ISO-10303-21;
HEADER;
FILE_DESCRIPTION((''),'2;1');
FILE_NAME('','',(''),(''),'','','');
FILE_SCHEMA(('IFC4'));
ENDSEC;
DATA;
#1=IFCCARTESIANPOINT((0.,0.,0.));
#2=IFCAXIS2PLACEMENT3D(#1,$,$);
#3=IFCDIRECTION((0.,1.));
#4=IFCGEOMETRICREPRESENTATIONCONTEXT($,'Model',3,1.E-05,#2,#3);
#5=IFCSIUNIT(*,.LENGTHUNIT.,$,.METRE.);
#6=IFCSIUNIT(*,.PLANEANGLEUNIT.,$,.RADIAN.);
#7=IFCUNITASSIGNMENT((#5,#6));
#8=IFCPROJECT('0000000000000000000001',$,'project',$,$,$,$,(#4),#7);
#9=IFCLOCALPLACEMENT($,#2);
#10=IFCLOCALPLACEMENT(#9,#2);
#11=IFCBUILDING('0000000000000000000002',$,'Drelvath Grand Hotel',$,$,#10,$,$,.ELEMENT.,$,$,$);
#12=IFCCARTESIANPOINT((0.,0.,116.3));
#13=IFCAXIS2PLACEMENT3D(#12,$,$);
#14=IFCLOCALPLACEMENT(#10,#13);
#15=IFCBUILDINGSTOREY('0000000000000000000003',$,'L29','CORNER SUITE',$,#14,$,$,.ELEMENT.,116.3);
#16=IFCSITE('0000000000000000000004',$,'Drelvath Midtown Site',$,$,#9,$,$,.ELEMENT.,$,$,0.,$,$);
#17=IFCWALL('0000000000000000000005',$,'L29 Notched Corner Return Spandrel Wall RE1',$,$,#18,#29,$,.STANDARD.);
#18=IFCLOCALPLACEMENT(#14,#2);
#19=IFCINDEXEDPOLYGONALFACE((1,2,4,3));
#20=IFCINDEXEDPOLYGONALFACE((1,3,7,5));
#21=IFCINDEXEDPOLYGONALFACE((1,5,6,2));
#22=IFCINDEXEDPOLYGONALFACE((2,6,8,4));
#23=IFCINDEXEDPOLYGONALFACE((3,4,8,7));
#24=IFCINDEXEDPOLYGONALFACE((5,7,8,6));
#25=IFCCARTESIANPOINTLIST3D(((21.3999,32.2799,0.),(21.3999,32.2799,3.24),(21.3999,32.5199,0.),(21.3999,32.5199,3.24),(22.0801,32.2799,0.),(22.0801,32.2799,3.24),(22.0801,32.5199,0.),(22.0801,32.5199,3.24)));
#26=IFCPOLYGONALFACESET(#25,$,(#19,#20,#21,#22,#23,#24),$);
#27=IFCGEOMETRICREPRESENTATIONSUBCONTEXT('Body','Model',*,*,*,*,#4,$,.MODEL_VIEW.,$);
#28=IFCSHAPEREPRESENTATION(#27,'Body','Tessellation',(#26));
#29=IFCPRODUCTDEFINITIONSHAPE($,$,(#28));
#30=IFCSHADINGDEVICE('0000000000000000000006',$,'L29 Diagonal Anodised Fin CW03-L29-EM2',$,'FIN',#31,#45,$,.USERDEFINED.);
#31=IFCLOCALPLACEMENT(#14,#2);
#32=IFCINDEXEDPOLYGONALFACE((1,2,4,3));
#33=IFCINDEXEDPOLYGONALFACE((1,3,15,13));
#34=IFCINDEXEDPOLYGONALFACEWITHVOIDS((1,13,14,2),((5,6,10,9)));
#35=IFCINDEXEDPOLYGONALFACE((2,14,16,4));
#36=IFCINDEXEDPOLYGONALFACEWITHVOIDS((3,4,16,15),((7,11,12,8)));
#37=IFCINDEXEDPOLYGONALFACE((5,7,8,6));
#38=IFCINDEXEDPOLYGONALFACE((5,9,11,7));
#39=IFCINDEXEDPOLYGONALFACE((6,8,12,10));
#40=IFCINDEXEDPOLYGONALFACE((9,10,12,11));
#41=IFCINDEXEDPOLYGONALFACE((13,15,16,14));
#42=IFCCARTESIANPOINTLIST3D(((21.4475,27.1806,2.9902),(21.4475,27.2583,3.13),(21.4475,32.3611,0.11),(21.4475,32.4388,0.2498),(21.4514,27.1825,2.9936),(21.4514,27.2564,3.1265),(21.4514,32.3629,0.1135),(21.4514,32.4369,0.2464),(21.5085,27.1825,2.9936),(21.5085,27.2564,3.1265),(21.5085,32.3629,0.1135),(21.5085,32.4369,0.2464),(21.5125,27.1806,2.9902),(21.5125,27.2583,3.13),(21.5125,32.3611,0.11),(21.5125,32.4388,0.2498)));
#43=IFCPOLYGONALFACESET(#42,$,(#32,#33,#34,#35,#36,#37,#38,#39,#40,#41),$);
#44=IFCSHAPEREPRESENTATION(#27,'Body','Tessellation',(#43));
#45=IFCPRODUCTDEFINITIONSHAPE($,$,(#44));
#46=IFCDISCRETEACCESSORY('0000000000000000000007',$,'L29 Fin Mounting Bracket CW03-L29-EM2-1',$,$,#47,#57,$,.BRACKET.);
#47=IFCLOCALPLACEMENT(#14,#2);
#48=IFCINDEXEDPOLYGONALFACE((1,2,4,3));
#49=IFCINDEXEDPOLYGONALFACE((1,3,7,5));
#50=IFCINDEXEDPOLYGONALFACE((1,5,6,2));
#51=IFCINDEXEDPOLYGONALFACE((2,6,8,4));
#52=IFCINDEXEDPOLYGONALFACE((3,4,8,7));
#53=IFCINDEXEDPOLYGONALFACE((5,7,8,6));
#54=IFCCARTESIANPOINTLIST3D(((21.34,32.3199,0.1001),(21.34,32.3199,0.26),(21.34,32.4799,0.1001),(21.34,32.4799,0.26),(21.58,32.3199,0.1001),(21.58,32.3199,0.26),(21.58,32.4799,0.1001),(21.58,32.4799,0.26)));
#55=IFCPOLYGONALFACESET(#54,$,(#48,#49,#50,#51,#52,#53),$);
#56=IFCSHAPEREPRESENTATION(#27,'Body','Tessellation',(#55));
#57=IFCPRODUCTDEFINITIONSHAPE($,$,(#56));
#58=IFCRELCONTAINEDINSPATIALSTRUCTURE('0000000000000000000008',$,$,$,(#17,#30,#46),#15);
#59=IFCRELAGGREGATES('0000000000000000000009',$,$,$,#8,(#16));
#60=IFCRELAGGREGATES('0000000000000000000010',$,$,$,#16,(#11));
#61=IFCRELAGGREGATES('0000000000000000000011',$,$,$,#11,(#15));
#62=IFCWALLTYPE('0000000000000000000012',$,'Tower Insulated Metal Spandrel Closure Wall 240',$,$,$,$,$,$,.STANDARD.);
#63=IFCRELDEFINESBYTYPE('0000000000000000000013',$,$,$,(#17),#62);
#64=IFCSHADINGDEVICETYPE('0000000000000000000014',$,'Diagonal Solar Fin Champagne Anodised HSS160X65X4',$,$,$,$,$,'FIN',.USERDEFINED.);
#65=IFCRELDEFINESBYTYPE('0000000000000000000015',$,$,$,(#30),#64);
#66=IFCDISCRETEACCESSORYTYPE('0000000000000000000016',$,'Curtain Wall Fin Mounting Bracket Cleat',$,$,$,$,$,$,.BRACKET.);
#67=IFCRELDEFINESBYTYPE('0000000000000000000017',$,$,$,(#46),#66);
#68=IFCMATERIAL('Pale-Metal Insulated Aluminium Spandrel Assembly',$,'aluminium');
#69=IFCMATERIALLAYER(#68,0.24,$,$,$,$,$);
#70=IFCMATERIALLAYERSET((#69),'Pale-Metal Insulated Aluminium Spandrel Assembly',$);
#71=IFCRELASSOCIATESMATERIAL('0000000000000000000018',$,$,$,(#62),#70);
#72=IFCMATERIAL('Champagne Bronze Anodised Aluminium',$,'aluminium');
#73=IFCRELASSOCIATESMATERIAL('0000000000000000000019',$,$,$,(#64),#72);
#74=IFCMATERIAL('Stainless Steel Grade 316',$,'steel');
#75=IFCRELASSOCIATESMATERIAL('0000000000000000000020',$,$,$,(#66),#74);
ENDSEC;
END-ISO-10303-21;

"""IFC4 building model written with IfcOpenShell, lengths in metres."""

from ifc_helpers import new_model, si_unit, direction, frame, frame_2d, origin, origin_2d, place, context, subcontext, project, spatial, rectangle, hollow_rectangle, extrude, material, layer, layer_set, material_profile, profile_set, type_object, element, save


model = new_model("IFC4")

# Units and contexts
model_context = context("Model", 3, precision=1e-05, world=origin(), true_north=direction((0.0, 1.0)))
body_context = subcontext(model_context, "Body", "Model", "MODEL_VIEW")
ifc_project = project(units=[si_unit("LENGTHUNIT", "METRE"), si_unit("PLANEANGLEUNIT", "RADIAN")], contexts=[model_context])

# Site, building, storey
site_placement = place(None, origin())
site = spatial("IfcSite", under=ifc_project, at=site_placement, Name="Drelvath Midtown Site", CompositionType="ELEMENT", RefElevation=0.0)
building_placement = place(site_placement, origin())
building = spatial("IfcBuilding", under=site, at=building_placement, Name="Drelvath Grand Hotel", CompositionType="ELEMENT")
storey_placement = place(building_placement, frame((0.0, 0.0, 116.3)))
storey = spatial("IfcBuildingStorey", under=building, at=storey_placement, Name="L29", Description="CORNER SUITE", CompositionType="ELEMENT", Elevation=116.3)

# Wall
ifc_material_1 = material(Name="Pale-Metal Insulated Aluminium Spandrel Assembly", Category="aluminium")
ifc_layer_1 = layer(ifc_material_1, 0.24)
ifc_layer_set_1 = layer_set([ifc_layer_1], Name="Pale-Metal Insulated Aluminium Spandrel Assembly")
wall_type_1 = type_object("IfcWallType", Name="Tower Insulated Metal Spandrel Closure Wall 240", PredefinedType="STANDARD", material=ifc_layer_set_1)
wall_1_placement = place(storey_placement, frame((22.0801, 32.3999, 0.0), z_axis=(0.0, 0.0, 1.0), x_axis=(-1.0, 0.0, 0.0)))
element("IfcWall", 1, at=wall_1_placement, inside=storey, type_object=wall_type_1, Name="L29 Notched Corner Return Spandrel Wall RE1", PredefinedType="STANDARD", context=body_context, shape_type="SweptSolid", body=[
    extrude(rectangle(XDim=0.6802, YDim=0.24, at=frame_2d((0.3401, 0.0))), origin(), (0.0, 0.0, 1.0), 3.24),
])

# Shading device
ifc_material_2 = material(Name="Champagne Bronze Anodised Aluminium", Category="aluminium")
ifc_material_profile_1 = material_profile(ifc_material_2, hollow_rectangle(XDim=0.0649, YDim=0.1599, WallThickness=0.0039, at=origin_2d()), Name="HSS160X65X4")
ifc_profile_set_1 = profile_set([ifc_material_profile_1], Name="Champagne Bronze Anodised Aluminium")
shading_device_type = type_object("IfcShadingDeviceType", Name="Diagonal Solar Fin Champagne Anodised HSS160X65X4", ElementType="FIN", PredefinedType="USERDEFINED", material=ifc_profile_set_1)
shading_device_placement = place(storey_placement, frame((21.48, 32.3999, 0.1799), z_axis=(0.0, -0.874006, 0.485916), x_axis=(1.0, 0.0, 0.0)))
element("IfcShadingDevice", 2, at=shading_device_placement, inside=storey, type_object=shading_device_type, Name="L29 Diagonal Anodised Fin CW03-L29-EM2", ObjectType="FIN", PredefinedType="USERDEFINED", context=body_context, shape_type="SweptSolid", body=[
    extrude(hollow_rectangle(XDim=0.0649, YDim=0.1599, WallThickness=0.0039, at=origin_2d()), origin(), (0.0, 0.0, 1.0), 5.9272),
])

# Discrete accessory
ifc_material_3 = material(Name="Stainless Steel Grade 316", Category="steel")
discrete_accessory_type = type_object("IfcDiscreteAccessoryType", Name="Curtain Wall Fin Mounting Bracket Cleat", PredefinedType="BRACKET", material=ifc_material_3)
discrete_accessory_placement = place(storey_placement, frame((21.46, 32.3999, 0.1001), z_axis=(0.0, 0.0, 1.0), x_axis=(0.0, -1.0, 0.0)))
element("IfcDiscreteAccessory", 3, at=discrete_accessory_placement, inside=storey, type_object=discrete_accessory_type, Name="L29 Fin Mounting Bracket CW03-L29-EM2-1", PredefinedType="BRACKET", context=body_context, shape_type="SweptSolid", body=[
    extrude(rectangle(XDim=0.1599, YDim=0.24, at=origin_2d()), origin(), (0.0, 0.0, 1.0), 0.1599),
])

save(model, "model.ifc")
